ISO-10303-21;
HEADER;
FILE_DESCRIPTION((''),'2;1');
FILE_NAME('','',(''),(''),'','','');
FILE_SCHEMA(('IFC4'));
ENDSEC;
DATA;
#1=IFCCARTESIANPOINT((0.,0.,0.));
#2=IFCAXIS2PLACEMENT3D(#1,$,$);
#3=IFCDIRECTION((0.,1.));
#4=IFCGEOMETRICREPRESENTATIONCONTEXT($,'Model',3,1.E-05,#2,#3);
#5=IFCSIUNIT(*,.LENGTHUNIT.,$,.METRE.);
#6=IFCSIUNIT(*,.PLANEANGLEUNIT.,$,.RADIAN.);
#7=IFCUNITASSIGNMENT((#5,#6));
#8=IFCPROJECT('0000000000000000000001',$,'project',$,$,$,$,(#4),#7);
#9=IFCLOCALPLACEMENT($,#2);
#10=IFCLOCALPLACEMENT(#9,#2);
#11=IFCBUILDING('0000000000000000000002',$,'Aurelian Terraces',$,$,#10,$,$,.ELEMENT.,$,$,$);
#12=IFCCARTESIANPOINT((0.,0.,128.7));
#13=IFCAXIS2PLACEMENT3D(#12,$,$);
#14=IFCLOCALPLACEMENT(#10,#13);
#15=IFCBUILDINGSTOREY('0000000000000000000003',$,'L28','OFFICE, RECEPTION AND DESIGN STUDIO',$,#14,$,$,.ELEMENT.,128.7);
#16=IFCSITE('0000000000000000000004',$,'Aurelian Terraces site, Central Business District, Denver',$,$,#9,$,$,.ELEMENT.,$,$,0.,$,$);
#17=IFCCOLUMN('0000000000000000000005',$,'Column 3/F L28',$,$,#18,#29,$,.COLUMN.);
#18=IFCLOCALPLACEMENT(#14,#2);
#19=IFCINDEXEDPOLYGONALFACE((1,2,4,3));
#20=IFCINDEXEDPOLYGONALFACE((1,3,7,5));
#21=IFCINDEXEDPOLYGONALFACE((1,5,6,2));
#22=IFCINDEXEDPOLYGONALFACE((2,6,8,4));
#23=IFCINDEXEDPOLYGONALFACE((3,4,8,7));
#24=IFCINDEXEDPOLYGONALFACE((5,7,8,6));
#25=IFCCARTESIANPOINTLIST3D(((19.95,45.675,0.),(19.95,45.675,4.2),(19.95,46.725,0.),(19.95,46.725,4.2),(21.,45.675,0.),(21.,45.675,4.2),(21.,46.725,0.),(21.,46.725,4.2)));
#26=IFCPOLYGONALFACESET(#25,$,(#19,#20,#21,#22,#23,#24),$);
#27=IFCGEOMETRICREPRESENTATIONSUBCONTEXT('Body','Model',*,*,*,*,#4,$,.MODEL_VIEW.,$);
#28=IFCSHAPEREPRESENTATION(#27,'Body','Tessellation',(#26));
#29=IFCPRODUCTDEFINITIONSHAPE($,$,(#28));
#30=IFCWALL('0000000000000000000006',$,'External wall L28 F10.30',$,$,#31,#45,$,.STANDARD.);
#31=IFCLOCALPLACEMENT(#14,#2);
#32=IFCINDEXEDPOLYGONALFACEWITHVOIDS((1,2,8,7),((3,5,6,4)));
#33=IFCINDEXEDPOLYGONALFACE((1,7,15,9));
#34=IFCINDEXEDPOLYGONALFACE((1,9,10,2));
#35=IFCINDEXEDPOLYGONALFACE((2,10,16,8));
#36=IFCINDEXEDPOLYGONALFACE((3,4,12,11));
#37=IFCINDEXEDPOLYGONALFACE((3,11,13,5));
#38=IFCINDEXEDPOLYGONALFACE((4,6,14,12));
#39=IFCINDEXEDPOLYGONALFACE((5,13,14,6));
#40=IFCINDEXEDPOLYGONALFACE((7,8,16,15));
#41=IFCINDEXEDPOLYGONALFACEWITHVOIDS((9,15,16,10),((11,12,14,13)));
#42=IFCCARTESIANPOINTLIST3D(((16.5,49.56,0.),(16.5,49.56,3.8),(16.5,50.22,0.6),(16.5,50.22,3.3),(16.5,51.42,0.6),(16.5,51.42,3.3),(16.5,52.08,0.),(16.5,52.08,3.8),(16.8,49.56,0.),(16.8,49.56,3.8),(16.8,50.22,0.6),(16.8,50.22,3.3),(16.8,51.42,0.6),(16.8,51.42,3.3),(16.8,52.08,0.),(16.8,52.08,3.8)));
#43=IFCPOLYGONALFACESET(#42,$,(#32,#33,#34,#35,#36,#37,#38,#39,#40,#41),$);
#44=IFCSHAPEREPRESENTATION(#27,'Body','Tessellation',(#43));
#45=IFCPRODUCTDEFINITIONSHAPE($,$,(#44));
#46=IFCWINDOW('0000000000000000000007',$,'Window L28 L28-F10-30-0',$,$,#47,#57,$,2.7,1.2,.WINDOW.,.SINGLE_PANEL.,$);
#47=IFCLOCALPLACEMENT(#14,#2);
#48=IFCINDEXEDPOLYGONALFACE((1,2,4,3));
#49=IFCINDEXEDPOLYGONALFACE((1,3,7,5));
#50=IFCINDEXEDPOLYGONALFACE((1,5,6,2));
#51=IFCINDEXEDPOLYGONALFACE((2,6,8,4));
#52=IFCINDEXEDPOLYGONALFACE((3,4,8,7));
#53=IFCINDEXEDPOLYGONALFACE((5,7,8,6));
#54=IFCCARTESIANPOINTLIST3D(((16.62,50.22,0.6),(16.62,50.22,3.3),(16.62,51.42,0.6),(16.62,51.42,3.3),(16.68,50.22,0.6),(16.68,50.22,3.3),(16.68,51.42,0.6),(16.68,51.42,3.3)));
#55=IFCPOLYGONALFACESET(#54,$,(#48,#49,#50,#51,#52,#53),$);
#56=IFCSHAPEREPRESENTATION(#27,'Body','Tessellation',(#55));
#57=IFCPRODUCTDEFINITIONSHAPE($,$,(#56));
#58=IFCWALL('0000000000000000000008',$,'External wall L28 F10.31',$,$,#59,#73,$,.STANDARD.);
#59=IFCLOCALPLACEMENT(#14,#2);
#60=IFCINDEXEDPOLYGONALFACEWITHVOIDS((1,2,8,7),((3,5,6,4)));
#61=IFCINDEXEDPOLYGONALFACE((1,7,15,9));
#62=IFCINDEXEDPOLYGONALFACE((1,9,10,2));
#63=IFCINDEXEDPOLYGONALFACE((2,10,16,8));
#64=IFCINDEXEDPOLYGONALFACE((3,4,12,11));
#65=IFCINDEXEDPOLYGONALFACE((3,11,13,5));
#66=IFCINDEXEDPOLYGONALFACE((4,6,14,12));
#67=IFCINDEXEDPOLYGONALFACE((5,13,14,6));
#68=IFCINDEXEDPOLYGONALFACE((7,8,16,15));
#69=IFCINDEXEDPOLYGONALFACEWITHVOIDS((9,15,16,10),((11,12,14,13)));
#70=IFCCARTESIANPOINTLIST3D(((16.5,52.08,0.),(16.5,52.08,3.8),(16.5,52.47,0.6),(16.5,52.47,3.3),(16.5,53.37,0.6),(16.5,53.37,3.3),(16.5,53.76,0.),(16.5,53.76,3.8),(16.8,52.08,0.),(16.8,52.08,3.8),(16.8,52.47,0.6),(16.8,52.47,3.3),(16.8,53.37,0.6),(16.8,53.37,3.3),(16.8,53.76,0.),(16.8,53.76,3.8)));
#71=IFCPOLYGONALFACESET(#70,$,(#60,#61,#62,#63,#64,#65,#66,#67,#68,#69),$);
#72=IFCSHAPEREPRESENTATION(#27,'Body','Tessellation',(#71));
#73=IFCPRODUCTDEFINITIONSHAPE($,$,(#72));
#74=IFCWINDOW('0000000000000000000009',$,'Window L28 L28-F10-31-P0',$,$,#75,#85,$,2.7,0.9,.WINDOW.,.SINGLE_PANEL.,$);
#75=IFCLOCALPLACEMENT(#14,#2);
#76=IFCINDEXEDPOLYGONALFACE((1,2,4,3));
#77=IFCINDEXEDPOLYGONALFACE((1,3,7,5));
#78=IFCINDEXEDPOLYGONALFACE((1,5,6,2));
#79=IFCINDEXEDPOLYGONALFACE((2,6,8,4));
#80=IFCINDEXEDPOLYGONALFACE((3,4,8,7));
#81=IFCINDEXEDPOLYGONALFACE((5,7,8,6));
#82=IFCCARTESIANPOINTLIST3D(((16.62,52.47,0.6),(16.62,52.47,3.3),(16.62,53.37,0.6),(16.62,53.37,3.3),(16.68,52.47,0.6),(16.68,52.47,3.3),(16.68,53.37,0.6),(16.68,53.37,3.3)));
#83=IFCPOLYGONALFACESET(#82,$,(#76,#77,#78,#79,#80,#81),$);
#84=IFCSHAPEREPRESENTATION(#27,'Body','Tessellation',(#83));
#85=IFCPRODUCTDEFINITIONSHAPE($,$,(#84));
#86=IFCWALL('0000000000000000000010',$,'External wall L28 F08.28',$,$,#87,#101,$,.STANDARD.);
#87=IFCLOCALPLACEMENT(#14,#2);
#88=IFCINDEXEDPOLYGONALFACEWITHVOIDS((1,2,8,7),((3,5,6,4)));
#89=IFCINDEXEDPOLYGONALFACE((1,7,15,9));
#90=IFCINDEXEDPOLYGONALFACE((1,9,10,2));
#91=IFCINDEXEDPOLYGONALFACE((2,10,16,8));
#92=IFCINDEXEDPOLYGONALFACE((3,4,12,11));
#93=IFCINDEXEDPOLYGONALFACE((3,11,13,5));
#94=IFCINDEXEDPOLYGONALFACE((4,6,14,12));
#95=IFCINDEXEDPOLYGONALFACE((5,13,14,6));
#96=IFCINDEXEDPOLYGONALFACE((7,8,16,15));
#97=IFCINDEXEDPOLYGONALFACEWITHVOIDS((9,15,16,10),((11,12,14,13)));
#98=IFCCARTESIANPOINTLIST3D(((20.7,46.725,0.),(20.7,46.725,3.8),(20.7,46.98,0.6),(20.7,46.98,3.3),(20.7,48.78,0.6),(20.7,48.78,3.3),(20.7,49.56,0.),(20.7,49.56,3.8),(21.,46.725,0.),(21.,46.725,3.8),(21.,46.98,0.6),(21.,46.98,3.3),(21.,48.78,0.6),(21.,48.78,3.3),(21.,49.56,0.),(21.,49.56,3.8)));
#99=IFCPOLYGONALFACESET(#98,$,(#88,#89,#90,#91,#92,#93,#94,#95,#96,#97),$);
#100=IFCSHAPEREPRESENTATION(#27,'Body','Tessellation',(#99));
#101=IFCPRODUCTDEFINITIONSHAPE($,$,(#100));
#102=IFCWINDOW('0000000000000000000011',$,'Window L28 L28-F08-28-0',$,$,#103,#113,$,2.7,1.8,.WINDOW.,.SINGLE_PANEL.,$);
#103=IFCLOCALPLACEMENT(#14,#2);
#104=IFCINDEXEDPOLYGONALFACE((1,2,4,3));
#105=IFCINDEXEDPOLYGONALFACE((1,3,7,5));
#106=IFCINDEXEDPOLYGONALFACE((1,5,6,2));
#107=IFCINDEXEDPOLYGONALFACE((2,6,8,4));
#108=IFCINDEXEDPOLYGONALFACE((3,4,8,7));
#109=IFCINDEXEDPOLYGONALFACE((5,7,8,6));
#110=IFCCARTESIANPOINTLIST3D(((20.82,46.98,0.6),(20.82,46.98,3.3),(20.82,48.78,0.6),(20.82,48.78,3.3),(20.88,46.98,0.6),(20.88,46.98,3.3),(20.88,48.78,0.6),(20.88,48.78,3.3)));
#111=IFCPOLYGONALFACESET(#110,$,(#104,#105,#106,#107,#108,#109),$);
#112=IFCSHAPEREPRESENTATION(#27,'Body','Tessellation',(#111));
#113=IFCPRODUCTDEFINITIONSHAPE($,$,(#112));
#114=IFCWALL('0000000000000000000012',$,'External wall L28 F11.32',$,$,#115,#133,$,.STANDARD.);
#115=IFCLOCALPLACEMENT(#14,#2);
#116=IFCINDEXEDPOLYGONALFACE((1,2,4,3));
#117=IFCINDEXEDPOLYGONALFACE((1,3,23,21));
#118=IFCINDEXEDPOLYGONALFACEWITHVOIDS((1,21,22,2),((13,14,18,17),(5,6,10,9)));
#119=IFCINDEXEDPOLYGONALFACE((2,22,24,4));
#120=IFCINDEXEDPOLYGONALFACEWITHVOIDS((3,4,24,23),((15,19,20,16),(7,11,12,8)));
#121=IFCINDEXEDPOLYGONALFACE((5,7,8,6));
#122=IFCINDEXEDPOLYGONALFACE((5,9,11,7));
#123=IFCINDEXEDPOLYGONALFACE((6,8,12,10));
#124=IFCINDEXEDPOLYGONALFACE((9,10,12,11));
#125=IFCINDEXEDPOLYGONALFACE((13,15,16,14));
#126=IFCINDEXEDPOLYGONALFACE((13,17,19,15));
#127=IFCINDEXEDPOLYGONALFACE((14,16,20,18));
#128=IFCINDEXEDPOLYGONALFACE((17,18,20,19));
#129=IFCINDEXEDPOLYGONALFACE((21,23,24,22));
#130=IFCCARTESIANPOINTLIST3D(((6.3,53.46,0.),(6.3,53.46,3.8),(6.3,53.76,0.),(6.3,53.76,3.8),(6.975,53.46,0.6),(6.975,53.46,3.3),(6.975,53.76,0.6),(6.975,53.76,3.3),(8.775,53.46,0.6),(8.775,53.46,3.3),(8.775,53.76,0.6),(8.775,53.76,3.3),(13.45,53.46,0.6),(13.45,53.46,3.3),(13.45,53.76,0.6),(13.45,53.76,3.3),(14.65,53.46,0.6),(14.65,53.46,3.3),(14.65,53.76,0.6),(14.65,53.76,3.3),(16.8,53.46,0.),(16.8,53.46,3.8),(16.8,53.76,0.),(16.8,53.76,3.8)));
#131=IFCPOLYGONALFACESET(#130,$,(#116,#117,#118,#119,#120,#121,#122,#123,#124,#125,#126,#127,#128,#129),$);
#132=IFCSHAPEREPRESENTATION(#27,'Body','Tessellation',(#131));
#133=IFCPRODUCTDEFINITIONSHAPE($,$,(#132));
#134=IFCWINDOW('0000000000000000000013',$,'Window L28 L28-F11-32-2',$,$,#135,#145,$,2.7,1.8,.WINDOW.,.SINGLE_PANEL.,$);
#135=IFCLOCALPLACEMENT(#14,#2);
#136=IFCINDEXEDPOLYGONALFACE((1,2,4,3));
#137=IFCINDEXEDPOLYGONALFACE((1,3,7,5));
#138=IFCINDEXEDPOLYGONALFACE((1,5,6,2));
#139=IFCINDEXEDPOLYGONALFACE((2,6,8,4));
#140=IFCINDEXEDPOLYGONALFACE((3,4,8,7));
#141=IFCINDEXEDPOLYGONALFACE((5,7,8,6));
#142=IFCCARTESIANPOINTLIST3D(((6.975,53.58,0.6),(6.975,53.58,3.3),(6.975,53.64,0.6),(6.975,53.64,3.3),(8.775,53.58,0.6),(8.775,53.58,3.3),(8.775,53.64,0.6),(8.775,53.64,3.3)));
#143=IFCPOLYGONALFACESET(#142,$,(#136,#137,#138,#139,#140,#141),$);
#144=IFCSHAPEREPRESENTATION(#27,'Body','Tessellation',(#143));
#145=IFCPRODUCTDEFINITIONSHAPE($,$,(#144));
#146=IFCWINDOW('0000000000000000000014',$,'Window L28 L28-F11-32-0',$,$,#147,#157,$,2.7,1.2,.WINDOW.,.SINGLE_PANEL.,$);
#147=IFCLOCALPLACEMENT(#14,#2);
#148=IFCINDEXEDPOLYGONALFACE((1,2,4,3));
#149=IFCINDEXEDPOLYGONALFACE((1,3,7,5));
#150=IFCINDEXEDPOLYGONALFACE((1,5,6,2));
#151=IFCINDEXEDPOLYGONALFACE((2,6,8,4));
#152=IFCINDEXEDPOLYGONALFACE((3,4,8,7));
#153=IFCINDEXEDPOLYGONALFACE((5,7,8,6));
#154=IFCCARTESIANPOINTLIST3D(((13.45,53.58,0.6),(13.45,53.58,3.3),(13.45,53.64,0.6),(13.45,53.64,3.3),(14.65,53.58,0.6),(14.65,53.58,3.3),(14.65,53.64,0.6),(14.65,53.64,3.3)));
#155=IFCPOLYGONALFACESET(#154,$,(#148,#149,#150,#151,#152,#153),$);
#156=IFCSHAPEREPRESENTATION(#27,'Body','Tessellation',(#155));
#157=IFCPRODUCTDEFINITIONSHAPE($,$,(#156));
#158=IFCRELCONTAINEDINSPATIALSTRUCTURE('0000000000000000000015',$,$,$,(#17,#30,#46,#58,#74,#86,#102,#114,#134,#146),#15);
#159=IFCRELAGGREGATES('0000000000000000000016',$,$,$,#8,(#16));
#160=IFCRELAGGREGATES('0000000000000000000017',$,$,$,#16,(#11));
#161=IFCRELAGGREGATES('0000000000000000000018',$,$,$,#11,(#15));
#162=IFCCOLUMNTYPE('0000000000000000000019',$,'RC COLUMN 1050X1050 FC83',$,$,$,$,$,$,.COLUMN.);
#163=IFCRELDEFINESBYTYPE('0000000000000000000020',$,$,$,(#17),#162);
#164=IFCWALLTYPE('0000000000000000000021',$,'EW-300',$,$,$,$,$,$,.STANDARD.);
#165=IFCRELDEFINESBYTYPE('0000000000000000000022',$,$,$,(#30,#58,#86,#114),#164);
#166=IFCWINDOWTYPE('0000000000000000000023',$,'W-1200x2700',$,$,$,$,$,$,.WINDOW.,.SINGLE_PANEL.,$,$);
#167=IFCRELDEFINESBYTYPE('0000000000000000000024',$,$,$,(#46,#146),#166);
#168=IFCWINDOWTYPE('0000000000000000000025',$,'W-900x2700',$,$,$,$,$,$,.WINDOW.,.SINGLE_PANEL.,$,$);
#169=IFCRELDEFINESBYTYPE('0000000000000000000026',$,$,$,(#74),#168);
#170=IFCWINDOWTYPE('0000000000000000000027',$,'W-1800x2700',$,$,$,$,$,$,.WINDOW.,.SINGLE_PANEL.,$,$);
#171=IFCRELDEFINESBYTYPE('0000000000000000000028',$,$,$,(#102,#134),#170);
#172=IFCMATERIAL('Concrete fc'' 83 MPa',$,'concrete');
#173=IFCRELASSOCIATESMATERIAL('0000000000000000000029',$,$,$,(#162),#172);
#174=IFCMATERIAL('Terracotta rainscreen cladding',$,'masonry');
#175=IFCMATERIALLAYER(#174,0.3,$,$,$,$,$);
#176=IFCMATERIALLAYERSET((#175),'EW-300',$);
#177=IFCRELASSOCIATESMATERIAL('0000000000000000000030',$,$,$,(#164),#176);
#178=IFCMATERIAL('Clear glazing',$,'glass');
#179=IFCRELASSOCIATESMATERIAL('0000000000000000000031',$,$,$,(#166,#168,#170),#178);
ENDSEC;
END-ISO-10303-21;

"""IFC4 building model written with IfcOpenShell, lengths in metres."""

from ifc_helpers import new_model, si_unit, direction, frame, frame_2d, origin, origin_2d, place, context, subcontext, project, spatial, rectangle, extrude, source, transform, mapped, material, layer, layer_set, material_profile, profile_set, type_object, element, fill, save


model = new_model("IFC4")

# Units and contexts
model_context = context("Model", 3, precision=1e-05, world=origin(), true_north=direction((0.0, 1.0)))
body_context = subcontext(model_context, "Body", "Model", "MODEL_VIEW")
ifc_project = project(units=[si_unit("LENGTHUNIT", "METRE"), si_unit("PLANEANGLEUNIT", "RADIAN")], contexts=[model_context])

# Site, building, storey
site_placement = place(None, origin())
site = spatial("IfcSite", under=ifc_project, at=site_placement, Name="Aurelian Terraces site, Central Business District, Denver", CompositionType="ELEMENT", RefElevation=0.0)
building_placement = place(site_placement, origin())
building = spatial("IfcBuilding", under=site, at=building_placement, Name="Aurelian Terraces", CompositionType="ELEMENT")
storey_placement = place(building_placement, frame((0.0, 0.0, 128.7)))
storey = spatial("IfcBuildingStorey", under=building, at=storey_placement, Name="L28", Description="OFFICE, RECEPTION AND DESIGN STUDIO", CompositionType="ELEMENT", Elevation=128.7)

# Column
ifc_material_1 = material(Name="Concrete fc' 83 MPa", Category="concrete")
ifc_material_profile = material_profile(ifc_material_1, rectangle(XDim=1.05, YDim=1.05, at=origin_2d()))
ifc_profile_set = profile_set([ifc_material_profile], Name="Concrete fc' 83 MPa")
column_type = type_object("IfcColumnType", Name="RC COLUMN 1050X1050 FC83", PredefinedType="COLUMN", material=ifc_profile_set)
shared_shape_1 = source(origin(), body_context, "Body", "SweptSolid", [
    extrude(rectangle(XDim=1.05, YDim=1.05, at=origin_2d()), origin(), (0.0, 0.0, 1.0), 4.2),
])
column_placement = place(storey_placement, frame((20.475, 46.2, 0.0), z_axis=(0.0, 0.0, 1.0), x_axis=(1.0, 0.0, 0.0)))
element("IfcColumn", 1, at=column_placement, inside=storey, type_object=column_type, Name="Column 3/F L28", PredefinedType="COLUMN", context=body_context, shape_type="MappedRepresentation", body=[
    mapped(shared_shape_1, transform((0.0, 0.0, 0.0), scale=1.0)),
])

# Walls, openings, windows
ifc_material_2 = material(Name="Terracotta rainscreen cladding", Category="masonry")
ifc_layer_1 = layer(ifc_material_2, 0.3)
ifc_layer_set_1 = layer_set([ifc_layer_1], Name="EW-300")
wall_type_1 = type_object("IfcWallType", Name="EW-300", PredefinedType="STANDARD", material=ifc_layer_set_1)
shared_shape_2 = source(origin(), body_context, "Body", "SweptSolid", [
    extrude(rectangle(XDim=2.52, YDim=0.3, at=frame_2d((1.26, 0.0))), origin(), (0.0, 0.0, 1.0), 3.8),
])
wall_1_placement = place(storey_placement, frame((16.65, 49.56, 0.0), z_axis=(0.0, 0.0, 1.0), x_axis=(0.0, 1.0, 0.0)))
wall_1 = element("IfcWall", 2, at=wall_1_placement, inside=storey, type_object=wall_type_1, Name="External wall L28 F10.30", PredefinedType="STANDARD", context=body_context, shape_type="MappedRepresentation", body=[
    mapped(shared_shape_2, transform((0.0, 0.0, 0.0), scale=1.0)),
])
shared_shape_3 = source(origin(), body_context, "Body", "SweptSolid", [
    extrude(rectangle(XDim=1.2, YDim=2.7, at=frame_2d((0.6, 1.35))), frame((0.0, 0.16, 0.0), z_axis=(0.0, -1.0, 0.0), x_axis=(1.0, 0.0, 0.0)), (0.0, 0.0, 1.0), 0.32),
])
opening_1_placement = place(wall_1_placement, frame((0.66, 0.0, 0.6)))
opening_1 = element("IfcOpeningElement", 3, at=opening_1_placement, cuts=wall_1, PredefinedType="OPENING", context=body_context, shape_type="MappedRepresentation", body=[
    mapped(shared_shape_3, transform((0.0, 0.0, 0.0), scale=1.0)),
])
ifc_material_3 = material(Name="Clear glazing", Category="glass")
window_type_1 = type_object("IfcWindowType", Name="W-1200x2700", PartitioningType="SINGLE_PANEL", PredefinedType="WINDOW", material=ifc_material_3)
shared_shape_4 = source(origin(), body_context, "Body", "SweptSolid", [
    extrude(rectangle(XDim=1.2, YDim=2.7, at=frame_2d((0.6, 1.35))), frame((0.0, 0.03, 0.0), z_axis=(0.0, -1.0, 0.0), x_axis=(1.0, 0.0, 0.0)), (0.0, 0.0, 1.0), 0.06),
])
window_1_placement = place(opening_1_placement, origin())
window_1 = element("IfcWindow", 4, at=window_1_placement, inside=storey, type_object=window_type_1, Name="Window L28 L28-F10-30-0", OverallHeight=2.7, OverallWidth=1.2, PartitioningType="SINGLE_PANEL", PredefinedType="WINDOW", context=body_context, shape_type="MappedRepresentation", body=[
    mapped(shared_shape_4, transform((0.0, 0.0, 0.0), scale=1.0)),
])
fill(opening_1, window_1)
shared_shape_5 = source(origin(), body_context, "Body", "SweptSolid", [
    extrude(rectangle(XDim=1.68, YDim=0.3, at=frame_2d((0.84, 0.0))), origin(), (0.0, 0.0, 1.0), 3.8),
])
wall_2_placement = place(storey_placement, frame((16.65, 52.08, 0.0), z_axis=(0.0, 0.0, 1.0), x_axis=(0.0, 1.0, 0.0)))
wall_2 = element("IfcWall", 5, at=wall_2_placement, inside=storey, type_object=wall_type_1, Name="External wall L28 F10.31", PredefinedType="STANDARD", context=body_context, shape_type="MappedRepresentation", body=[
    mapped(shared_shape_5, transform((0.0, 0.0, 0.0), scale=1.0)),
])
shared_shape_6 = source(origin(), body_context, "Body", "SweptSolid", [
    extrude(rectangle(XDim=0.9, YDim=2.7, at=frame_2d((0.45, 1.35))), frame((0.0, 0.16, 0.0), z_axis=(0.0, -1.0, 0.0), x_axis=(1.0, 0.0, 0.0)), (0.0, 0.0, 1.0), 0.32),
])
opening_2_placement = place(wall_2_placement, frame((0.39, 0.0, 0.6)))
opening_2 = element("IfcOpeningElement", 6, at=opening_2_placement, cuts=wall_2, PredefinedType="OPENING", context=body_context, shape_type="MappedRepresentation", body=[
    mapped(shared_shape_6, transform((0.0, 0.0, 0.0), scale=1.0)),
])
window_type_2 = type_object("IfcWindowType", Name="W-900x2700", PartitioningType="SINGLE_PANEL", PredefinedType="WINDOW", material=ifc_material_3)
shared_shape_7 = source(origin(), body_context, "Body", "SweptSolid", [
    extrude(rectangle(XDim=0.9, YDim=2.7, at=frame_2d((0.45, 1.35))), frame((0.0, 0.03, 0.0), z_axis=(0.0, -1.0, 0.0), x_axis=(1.0, 0.0, 0.0)), (0.0, 0.0, 1.0), 0.06),
])
window_2_placement = place(opening_2_placement, origin())
window_2 = element("IfcWindow", 7, at=window_2_placement, inside=storey, type_object=window_type_2, Name="Window L28 L28-F10-31-P0", OverallHeight=2.7, OverallWidth=0.9, PartitioningType="SINGLE_PANEL", PredefinedType="WINDOW", context=body_context, shape_type="MappedRepresentation", body=[
    mapped(shared_shape_7, transform((0.0, 0.0, 0.0), scale=1.0)),
])
fill(opening_2, window_2)
shared_shape_8 = source(origin(), body_context, "Body", "SweptSolid", [
    extrude(rectangle(XDim=2.835, YDim=0.3, at=frame_2d((1.4175, 0.0))), origin(), (0.0, 0.0, 1.0), 3.8),
])
wall_3_placement = place(storey_placement, frame((20.85, 46.725, 0.0), z_axis=(0.0, 0.0, 1.0), x_axis=(0.0, 1.0, 0.0)))
wall_3 = element("IfcWall", 8, at=wall_3_placement, inside=storey, type_object=wall_type_1, Name="External wall L28 F08.28", PredefinedType="STANDARD", context=body_context, shape_type="MappedRepresentation", body=[
    mapped(shared_shape_8, transform((0.0, 0.0, 0.0), scale=1.0)),
])
shared_shape_9 = source(origin(), body_context, "Body", "SweptSolid", [
    extrude(rectangle(XDim=1.8, YDim=2.7, at=frame_2d((0.9, 1.35))), frame((0.0, 0.16, 0.0), z_axis=(0.0, -1.0, 0.0), x_axis=(1.0, 0.0, 0.0)), (0.0, 0.0, 1.0), 0.32),
])
opening_3_placement = place(wall_3_placement, frame((0.255, 0.0, 0.6)))
opening_3 = element("IfcOpeningElement", 9, at=opening_3_placement, cuts=wall_3, PredefinedType="OPENING", context=body_context, shape_type="MappedRepresentation", body=[
    mapped(shared_shape_9, transform((0.0, 0.0, 0.0), scale=1.0)),
])
window_type_3 = type_object("IfcWindowType", Name="W-1800x2700", PartitioningType="SINGLE_PANEL", PredefinedType="WINDOW", material=ifc_material_3)
shared_shape_10 = source(origin(), body_context, "Body", "SweptSolid", [
    extrude(rectangle(XDim=1.8, YDim=2.7, at=frame_2d((0.9, 1.35))), frame((0.0, 0.03, 0.0), z_axis=(0.0, -1.0, 0.0), x_axis=(1.0, 0.0, 0.0)), (0.0, 0.0, 1.0), 0.06),
])
window_3_placement = place(opening_3_placement, origin())
window_3 = element("IfcWindow", 10, at=window_3_placement, inside=storey, type_object=window_type_3, Name="Window L28 L28-F08-28-0", OverallHeight=2.7, OverallWidth=1.8, PartitioningType="SINGLE_PANEL", PredefinedType="WINDOW", context=body_context, shape_type="MappedRepresentation", body=[
    mapped(shared_shape_10, transform((0.0, 0.0, 0.0), scale=1.0)),
])
fill(opening_3, window_3)

# Wall, openings, windows
shared_shape_11 = source(origin(), body_context, "Body", "SweptSolid", [
    extrude(rectangle(XDim=10.5, YDim=0.3, at=frame_2d((5.25, 0.0))), origin(), (0.0, 0.0, 1.0), 3.8),
])
wall_4_placement = place(storey_placement, frame((16.8, 53.61, 0.0), z_axis=(0.0, 0.0, 1.0), x_axis=(-1.0, 0.0, 0.0)))
wall_4 = element("IfcWall", 11, at=wall_4_placement, inside=storey, type_object=wall_type_1, Name="External wall L28 F11.32", PredefinedType="STANDARD", context=body_context, shape_type="MappedRepresentation", body=[
    mapped(shared_shape_11, transform((0.0, 0.0, 0.0), scale=1.0)),
])
opening_4_placement = place(wall_4_placement, frame((2.15, 0.0, 0.6)))
opening_4 = element("IfcOpeningElement", 12, at=opening_4_placement, cuts=wall_4, PredefinedType="OPENING", context=body_context, shape_type="MappedRepresentation", body=[
    mapped(shared_shape_3, transform((0.0, 0.0, 0.0), scale=1.0)),
])
opening_5_placement = place(wall_4_placement, frame((8.025, 0.0, 0.6)))
opening_5 = element("IfcOpeningElement", 13, at=opening_5_placement, cuts=wall_4, PredefinedType="OPENING", context=body_context, shape_type="MappedRepresentation", body=[
    mapped(shared_shape_9, transform((0.0, 0.0, 0.0), scale=1.0)),
])
window_4_placement = place(opening_5_placement, origin())
window_4 = element("IfcWindow", 14, at=window_4_placement, inside=storey, type_object=window_type_3, Name="Window L28 L28-F11-32-2", OverallHeight=2.7, OverallWidth=1.8, PartitioningType="SINGLE_PANEL", PredefinedType="WINDOW", context=body_context, shape_type="MappedRepresentation", body=[
    mapped(shared_shape_10, transform((0.0, 0.0, 0.0), scale=1.0)),
])
fill(opening_5, window_4)
window_5_placement = place(opening_4_placement, origin())
window_5 = element("IfcWindow", 15, at=window_5_placement, inside=storey, type_object=window_type_1, Name="Window L28 L28-F11-32-0", OverallHeight=2.7, OverallWidth=1.2, PartitioningType="SINGLE_PANEL", PredefinedType="WINDOW", context=body_context, shape_type="MappedRepresentation", body=[
    mapped(shared_shape_4, transform((0.0, 0.0, 0.0), scale=1.0)),
])
fill(opening_4, window_5)

save(model, "model.ifc")
